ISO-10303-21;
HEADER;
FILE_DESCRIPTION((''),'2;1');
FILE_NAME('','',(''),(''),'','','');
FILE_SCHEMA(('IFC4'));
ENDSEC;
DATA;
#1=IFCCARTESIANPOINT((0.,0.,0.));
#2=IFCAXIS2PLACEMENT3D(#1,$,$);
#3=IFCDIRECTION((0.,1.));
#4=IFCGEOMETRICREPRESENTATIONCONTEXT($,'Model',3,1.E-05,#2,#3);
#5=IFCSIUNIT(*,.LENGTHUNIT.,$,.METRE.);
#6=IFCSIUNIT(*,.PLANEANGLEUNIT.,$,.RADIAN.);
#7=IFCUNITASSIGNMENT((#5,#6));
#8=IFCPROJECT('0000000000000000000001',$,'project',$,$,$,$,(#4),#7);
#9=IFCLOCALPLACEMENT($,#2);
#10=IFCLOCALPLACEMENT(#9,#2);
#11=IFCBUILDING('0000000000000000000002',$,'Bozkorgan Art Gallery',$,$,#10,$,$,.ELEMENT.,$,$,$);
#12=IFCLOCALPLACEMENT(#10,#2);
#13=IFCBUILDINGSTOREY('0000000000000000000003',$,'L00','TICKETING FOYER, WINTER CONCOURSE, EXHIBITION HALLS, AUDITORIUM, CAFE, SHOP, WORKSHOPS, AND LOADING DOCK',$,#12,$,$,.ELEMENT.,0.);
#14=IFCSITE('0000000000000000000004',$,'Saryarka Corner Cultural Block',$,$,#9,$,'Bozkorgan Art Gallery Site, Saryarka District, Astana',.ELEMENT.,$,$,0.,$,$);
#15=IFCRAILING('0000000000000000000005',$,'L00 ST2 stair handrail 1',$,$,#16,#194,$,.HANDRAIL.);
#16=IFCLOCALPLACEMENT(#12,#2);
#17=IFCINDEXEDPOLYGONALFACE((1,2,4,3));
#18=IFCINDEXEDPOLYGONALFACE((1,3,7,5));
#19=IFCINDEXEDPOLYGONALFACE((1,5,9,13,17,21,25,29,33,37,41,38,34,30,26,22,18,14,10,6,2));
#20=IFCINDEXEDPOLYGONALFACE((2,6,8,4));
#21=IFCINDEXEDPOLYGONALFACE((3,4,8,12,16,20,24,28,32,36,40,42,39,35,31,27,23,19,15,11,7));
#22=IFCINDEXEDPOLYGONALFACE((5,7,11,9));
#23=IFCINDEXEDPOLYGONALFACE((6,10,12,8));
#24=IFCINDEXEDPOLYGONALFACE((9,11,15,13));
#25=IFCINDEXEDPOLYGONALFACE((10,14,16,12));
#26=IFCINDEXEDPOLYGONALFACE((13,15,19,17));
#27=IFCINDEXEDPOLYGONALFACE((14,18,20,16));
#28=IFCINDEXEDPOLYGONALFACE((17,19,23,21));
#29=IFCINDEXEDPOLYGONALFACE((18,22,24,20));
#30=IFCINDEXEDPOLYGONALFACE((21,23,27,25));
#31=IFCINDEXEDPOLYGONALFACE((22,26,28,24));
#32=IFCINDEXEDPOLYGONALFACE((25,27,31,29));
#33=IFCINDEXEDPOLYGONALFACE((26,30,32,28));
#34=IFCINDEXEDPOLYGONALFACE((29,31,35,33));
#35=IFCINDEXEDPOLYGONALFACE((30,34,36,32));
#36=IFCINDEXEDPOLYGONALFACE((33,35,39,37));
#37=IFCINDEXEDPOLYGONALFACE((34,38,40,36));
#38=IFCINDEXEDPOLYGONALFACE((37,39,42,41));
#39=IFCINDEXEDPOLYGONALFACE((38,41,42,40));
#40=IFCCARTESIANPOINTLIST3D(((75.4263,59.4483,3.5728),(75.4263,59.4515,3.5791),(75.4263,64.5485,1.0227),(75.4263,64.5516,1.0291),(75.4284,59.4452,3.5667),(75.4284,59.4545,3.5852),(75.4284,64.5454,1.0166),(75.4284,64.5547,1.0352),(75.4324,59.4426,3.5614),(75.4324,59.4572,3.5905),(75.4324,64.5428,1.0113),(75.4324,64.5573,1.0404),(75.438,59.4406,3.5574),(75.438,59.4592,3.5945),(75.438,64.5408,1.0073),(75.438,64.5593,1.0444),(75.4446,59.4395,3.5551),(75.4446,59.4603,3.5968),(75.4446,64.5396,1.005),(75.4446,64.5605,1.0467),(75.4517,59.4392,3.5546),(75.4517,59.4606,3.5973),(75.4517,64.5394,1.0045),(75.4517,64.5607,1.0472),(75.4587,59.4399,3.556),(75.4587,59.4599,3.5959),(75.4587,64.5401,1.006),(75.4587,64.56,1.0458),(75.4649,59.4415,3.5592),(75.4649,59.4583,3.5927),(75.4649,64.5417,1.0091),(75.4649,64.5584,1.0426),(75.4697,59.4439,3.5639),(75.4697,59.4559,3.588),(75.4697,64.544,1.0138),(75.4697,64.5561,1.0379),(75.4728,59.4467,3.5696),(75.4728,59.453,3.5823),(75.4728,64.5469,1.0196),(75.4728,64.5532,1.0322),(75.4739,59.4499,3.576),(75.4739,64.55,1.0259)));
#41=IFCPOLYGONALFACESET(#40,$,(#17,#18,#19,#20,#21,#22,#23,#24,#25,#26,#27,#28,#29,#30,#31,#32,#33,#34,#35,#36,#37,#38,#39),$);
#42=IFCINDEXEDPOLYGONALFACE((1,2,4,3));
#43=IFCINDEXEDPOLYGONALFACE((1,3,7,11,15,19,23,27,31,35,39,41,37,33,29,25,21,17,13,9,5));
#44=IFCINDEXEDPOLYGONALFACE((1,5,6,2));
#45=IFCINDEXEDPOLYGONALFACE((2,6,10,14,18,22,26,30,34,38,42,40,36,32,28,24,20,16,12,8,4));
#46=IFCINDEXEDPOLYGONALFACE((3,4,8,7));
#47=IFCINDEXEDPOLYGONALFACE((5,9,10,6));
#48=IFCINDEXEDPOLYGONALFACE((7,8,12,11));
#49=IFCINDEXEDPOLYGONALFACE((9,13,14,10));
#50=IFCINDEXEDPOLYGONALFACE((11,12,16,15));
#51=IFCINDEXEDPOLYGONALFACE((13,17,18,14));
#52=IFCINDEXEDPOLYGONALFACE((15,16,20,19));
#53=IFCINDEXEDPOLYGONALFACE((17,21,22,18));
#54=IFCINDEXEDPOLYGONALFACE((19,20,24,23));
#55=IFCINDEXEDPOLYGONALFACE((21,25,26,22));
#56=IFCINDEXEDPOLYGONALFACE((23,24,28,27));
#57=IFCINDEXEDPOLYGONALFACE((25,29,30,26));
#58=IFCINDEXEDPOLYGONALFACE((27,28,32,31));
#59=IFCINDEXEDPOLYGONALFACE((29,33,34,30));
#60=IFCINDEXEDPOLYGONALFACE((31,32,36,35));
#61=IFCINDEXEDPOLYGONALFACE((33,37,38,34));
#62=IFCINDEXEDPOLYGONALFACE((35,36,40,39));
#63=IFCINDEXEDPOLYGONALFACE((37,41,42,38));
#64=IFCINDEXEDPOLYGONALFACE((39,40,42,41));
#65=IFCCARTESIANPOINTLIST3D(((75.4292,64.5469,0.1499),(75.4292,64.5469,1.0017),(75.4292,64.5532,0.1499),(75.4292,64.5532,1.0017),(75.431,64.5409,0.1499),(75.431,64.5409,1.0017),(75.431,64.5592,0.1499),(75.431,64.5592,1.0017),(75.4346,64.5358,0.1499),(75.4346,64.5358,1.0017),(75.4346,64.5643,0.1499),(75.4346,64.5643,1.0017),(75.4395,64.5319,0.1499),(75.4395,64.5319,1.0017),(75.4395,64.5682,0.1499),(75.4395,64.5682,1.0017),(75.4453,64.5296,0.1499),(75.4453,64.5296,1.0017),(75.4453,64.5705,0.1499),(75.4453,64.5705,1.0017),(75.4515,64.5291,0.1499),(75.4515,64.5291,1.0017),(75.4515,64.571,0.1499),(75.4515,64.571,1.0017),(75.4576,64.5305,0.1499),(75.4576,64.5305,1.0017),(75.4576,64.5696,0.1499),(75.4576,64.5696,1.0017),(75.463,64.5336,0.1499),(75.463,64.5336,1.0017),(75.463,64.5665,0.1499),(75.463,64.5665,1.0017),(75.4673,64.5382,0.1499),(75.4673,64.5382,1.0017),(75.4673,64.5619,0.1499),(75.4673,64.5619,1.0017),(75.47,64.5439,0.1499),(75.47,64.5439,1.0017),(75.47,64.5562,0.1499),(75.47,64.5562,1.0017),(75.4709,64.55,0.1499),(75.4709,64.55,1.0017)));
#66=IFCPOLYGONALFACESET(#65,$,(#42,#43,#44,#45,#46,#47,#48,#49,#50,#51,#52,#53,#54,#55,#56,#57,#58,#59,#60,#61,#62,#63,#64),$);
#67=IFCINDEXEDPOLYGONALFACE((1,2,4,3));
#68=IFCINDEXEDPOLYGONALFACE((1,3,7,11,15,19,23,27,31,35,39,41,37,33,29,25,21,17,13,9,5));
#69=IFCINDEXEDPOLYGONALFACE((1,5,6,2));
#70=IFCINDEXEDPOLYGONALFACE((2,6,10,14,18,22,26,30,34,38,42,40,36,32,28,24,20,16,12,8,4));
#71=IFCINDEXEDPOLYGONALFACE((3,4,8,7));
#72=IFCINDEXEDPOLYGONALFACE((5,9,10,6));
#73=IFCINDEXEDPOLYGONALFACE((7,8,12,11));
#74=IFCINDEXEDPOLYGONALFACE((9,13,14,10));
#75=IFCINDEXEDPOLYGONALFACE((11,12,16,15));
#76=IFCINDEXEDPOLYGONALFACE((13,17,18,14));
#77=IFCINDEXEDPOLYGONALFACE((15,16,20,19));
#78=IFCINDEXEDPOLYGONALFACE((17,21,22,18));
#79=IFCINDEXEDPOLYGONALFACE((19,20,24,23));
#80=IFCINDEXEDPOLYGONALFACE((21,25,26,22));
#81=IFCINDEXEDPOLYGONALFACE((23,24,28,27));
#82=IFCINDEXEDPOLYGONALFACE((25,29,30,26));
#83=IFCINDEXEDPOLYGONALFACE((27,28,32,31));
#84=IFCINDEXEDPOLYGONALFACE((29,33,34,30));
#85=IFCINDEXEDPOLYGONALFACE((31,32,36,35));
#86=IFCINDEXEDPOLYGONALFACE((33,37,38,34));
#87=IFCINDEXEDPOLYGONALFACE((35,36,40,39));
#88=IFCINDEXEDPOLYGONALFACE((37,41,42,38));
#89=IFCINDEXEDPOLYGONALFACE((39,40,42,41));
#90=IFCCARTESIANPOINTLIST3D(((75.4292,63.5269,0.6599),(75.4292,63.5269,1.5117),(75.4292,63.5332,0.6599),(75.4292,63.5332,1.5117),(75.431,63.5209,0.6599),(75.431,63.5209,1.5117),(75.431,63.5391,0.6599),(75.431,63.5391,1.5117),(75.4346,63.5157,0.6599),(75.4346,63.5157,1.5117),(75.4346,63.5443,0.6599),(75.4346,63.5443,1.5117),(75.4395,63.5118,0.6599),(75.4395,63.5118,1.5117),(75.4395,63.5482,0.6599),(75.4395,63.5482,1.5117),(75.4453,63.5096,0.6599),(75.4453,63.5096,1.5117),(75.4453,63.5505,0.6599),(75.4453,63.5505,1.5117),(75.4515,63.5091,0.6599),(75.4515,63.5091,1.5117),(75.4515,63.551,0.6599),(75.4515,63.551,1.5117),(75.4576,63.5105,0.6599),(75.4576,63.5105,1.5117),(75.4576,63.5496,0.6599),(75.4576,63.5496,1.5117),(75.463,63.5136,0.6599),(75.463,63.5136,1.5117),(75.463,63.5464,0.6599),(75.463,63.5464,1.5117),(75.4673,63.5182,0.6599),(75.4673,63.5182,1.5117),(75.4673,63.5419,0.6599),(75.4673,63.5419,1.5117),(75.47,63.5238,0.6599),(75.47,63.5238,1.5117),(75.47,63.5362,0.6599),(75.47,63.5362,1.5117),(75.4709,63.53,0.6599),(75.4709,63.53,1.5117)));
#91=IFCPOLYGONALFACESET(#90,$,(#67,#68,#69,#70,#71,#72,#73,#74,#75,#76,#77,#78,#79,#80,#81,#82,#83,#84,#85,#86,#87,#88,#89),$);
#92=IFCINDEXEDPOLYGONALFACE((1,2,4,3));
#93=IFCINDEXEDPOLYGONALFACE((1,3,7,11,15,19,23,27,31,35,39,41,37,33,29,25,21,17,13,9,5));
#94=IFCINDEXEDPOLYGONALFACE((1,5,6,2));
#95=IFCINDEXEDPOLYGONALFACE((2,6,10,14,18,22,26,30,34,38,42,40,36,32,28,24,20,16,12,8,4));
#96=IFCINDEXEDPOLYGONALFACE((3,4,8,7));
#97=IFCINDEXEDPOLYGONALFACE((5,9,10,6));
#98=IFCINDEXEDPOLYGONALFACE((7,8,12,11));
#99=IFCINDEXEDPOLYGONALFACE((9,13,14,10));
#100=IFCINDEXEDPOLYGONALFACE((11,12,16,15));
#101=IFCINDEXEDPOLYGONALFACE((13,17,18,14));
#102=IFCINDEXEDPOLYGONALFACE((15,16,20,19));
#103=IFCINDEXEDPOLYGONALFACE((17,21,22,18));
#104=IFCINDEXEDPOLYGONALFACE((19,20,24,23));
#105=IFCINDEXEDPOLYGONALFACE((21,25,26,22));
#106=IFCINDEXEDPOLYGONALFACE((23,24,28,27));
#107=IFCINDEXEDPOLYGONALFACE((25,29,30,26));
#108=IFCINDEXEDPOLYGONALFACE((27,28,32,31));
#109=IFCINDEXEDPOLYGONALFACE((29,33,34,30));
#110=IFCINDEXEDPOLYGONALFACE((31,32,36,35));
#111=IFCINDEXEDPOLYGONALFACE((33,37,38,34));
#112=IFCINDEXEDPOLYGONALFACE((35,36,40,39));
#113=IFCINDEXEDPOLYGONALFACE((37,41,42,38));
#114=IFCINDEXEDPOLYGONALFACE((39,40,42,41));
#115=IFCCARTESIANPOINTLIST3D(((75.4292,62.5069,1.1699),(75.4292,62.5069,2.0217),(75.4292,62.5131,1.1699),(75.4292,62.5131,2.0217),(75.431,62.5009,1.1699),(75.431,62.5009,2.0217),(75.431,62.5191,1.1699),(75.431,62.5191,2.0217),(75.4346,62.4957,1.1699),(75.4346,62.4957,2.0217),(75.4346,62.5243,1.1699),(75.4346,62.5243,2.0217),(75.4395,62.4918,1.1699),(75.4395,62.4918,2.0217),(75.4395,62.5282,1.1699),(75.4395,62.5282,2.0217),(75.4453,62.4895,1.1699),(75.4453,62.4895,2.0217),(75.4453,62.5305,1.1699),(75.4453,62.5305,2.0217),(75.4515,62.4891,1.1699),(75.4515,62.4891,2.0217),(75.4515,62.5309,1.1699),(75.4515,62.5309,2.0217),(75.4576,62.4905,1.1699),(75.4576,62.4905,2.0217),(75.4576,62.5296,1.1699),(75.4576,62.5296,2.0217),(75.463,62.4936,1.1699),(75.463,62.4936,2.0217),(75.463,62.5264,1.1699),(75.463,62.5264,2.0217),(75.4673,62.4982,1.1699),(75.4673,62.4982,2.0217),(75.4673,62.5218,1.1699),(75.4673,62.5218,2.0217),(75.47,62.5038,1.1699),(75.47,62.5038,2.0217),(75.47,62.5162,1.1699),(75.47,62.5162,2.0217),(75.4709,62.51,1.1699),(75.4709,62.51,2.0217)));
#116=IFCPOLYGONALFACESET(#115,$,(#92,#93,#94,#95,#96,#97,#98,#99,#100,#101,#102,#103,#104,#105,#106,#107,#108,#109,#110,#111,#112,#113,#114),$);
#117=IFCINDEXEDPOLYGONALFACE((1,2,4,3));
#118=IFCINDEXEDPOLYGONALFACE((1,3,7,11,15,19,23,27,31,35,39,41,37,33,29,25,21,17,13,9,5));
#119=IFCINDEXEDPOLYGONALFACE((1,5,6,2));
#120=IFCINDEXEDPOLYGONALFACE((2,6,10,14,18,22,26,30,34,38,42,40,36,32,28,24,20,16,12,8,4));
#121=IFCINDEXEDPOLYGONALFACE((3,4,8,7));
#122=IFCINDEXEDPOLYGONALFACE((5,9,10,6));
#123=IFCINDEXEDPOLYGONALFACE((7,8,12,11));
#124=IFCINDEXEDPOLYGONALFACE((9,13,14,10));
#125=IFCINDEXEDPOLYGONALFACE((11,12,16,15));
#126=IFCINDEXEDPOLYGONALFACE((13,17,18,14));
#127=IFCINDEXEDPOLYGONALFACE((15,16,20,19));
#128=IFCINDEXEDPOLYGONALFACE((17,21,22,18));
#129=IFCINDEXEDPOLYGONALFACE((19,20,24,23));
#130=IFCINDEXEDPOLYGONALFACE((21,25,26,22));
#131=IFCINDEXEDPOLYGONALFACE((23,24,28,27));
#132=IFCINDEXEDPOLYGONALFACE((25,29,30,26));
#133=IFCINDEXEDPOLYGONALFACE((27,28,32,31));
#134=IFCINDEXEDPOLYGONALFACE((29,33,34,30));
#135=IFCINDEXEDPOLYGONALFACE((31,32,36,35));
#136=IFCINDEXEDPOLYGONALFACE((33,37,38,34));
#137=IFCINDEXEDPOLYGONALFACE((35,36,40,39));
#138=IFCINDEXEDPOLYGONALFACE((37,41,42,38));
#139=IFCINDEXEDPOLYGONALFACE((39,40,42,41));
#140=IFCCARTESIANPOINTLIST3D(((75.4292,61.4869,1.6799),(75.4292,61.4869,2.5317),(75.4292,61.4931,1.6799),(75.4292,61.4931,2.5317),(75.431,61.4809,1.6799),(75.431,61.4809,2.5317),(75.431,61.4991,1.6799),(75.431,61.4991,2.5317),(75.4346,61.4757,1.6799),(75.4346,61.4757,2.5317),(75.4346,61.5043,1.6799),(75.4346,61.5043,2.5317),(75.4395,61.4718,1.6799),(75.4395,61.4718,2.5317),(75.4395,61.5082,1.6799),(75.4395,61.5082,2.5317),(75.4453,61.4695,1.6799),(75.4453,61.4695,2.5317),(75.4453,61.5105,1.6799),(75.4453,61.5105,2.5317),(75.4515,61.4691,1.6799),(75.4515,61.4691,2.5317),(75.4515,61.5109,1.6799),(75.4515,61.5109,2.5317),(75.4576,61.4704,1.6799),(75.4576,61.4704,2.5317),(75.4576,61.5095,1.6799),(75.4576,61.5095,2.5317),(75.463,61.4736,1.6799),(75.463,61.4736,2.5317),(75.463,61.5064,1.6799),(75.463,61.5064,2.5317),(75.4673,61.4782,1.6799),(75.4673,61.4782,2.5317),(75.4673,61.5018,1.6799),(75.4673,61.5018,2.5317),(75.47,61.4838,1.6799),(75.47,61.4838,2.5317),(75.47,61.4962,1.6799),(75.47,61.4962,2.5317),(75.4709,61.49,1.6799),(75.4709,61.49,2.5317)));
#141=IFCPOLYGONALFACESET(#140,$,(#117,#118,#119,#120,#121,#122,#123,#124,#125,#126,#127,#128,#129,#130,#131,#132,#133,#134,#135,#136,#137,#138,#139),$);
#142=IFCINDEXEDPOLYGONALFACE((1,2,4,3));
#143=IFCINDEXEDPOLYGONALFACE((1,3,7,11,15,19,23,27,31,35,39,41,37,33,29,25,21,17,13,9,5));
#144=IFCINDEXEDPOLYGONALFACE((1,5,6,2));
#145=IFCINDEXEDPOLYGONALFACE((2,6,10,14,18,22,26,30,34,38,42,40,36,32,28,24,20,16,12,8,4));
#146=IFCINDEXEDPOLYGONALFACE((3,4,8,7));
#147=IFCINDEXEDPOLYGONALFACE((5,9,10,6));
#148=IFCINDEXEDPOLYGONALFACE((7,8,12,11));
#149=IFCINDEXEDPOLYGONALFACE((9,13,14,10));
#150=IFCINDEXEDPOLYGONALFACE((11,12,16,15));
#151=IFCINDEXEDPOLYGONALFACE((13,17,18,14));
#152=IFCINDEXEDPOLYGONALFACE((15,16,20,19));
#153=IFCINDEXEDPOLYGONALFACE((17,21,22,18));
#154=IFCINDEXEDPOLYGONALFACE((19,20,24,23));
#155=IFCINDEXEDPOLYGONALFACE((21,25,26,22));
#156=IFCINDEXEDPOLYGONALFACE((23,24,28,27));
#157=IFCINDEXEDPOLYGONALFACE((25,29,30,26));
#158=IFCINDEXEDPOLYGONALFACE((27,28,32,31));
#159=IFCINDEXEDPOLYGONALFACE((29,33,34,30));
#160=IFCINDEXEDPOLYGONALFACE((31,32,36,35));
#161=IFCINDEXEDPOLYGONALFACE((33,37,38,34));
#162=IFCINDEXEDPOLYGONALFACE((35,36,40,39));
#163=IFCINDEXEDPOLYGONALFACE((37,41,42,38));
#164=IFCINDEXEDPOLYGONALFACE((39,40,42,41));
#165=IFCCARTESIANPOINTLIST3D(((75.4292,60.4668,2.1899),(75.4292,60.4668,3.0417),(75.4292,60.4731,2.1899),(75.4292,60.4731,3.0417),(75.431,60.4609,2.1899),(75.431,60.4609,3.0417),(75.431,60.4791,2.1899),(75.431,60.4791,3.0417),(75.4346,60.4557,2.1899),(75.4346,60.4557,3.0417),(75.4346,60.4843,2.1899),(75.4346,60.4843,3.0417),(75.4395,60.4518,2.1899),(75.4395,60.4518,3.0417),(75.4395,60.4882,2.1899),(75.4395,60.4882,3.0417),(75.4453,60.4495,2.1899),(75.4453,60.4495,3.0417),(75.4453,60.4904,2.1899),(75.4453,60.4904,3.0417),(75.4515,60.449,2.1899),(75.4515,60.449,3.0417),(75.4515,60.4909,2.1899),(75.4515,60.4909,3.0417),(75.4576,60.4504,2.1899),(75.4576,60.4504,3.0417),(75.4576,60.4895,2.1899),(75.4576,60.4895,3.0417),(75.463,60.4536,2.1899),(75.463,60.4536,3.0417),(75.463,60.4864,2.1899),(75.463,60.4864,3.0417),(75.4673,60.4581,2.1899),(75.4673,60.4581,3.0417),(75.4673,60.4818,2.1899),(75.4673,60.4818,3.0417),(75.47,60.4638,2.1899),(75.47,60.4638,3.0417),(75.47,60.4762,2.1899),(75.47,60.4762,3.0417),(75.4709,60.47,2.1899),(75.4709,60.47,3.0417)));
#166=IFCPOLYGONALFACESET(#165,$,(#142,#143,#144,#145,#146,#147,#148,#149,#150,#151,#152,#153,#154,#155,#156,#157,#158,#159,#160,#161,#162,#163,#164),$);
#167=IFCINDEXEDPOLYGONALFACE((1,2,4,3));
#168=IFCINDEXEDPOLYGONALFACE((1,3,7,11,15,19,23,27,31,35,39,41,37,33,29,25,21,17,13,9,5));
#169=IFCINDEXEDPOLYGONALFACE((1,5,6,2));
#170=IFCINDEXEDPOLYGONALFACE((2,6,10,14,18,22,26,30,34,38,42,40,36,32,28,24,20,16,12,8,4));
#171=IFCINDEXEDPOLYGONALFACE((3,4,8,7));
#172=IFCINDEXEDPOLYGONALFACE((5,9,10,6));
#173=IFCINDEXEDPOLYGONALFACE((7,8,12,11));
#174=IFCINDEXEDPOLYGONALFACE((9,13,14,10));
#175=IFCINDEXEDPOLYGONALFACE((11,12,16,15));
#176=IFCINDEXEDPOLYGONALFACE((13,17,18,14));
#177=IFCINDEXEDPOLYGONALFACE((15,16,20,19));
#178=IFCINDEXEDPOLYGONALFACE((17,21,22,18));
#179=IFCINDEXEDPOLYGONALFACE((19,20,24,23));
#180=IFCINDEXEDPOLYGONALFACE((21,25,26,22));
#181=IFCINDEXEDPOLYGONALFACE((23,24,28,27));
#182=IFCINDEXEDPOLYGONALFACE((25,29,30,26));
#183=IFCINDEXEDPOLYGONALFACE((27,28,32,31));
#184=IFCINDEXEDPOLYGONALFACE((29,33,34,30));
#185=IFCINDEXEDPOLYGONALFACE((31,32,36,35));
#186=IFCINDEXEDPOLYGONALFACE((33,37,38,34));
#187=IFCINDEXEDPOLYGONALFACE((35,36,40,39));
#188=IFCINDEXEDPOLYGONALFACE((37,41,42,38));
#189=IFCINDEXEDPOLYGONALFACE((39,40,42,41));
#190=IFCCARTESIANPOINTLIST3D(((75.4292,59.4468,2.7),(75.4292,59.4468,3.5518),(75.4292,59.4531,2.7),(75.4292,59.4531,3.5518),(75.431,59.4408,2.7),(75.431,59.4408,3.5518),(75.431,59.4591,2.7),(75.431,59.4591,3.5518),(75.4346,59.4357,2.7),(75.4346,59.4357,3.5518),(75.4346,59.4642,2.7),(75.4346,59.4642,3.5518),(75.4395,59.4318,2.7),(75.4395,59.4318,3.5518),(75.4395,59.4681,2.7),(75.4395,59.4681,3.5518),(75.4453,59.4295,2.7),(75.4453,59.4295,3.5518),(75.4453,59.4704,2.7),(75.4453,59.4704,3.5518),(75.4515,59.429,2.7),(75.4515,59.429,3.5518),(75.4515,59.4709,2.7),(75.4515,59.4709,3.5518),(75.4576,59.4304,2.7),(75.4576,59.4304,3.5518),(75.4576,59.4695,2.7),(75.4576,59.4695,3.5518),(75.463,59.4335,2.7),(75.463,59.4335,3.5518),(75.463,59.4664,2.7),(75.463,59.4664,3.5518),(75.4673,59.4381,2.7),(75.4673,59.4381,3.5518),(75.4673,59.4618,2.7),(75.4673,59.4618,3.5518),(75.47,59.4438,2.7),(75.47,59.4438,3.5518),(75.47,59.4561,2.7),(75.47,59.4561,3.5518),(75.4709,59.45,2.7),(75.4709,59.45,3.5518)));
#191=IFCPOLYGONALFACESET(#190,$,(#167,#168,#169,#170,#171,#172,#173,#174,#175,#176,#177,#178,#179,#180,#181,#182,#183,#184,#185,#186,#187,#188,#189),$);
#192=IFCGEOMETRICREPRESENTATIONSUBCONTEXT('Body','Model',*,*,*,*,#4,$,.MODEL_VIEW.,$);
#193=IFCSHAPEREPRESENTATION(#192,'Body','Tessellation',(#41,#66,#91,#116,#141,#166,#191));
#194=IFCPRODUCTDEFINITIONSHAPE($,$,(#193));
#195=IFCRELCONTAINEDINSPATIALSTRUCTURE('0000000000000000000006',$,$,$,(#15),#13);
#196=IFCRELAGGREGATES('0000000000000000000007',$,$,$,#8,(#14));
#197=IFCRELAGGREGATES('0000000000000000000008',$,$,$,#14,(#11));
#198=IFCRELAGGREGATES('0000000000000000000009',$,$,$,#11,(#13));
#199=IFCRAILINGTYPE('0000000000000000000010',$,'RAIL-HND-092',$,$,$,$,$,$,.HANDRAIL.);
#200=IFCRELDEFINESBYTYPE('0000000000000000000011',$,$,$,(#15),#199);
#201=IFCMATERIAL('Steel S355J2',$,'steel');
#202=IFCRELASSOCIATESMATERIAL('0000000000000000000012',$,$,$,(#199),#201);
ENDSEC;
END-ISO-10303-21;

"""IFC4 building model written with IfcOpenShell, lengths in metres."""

from ifc_helpers import new_model, si_unit, direction, frame, origin, origin_2d, place, context, subcontext, project, spatial, circle, extrude, material, type_object, element, save


model = new_model("IFC4")

# Units and contexts
model_context = context("Model", 3, precision=1e-05, world=origin(), true_north=direction((0.0, 1.0)))
body_context = subcontext(model_context, "Body", "Model", "MODEL_VIEW")
ifc_project = project(units=[si_unit("LENGTHUNIT", "METRE"), si_unit("PLANEANGLEUNIT", "RADIAN")], contexts=[model_context])

# Site, building, storey
site_placement = place(None, origin())
site = spatial("IfcSite", under=ifc_project, at=site_placement, Name="Saryarka Corner Cultural Block", LongName="Bozkorgan Art Gallery Site, Saryarka District, Astana", CompositionType="ELEMENT", RefElevation=0.0)
building_placement = place(site_placement, origin())
building = spatial("IfcBuilding", under=site, at=building_placement, Name="Bozkorgan Art Gallery", CompositionType="ELEMENT")
storey_placement = place(building_placement, origin())
storey = spatial("IfcBuildingStorey", under=building, at=storey_placement, Name="L00", Description="TICKETING FOYER, WINTER CONCOURSE, EXHIBITION HALLS, AUDITORIUM, CAFE, SHOP, WORKSHOPS, AND LOADING DOCK", CompositionType="ELEMENT", Elevation=0.0)

# Shared definitions
ifc_material_1 = material(Name="Steel S355J2", Category="steel")

# Railing
railing_type_1 = type_object("IfcRailingType", Name="RAIL-HND-092", PredefinedType="HANDRAIL", material=ifc_material_1)
railing_1_placement = place(storey_placement, frame((75.45, 64.55, 0.1499)))
element("IfcRailing", 1, at=railing_1_placement, inside=storey, type_object=railing_type_1, Name="L00 ST2 stair handrail 1", PredefinedType="HANDRAIL", context=body_context, shape_type="SweptSolid", body=[
    extrude(circle(Radius=0.0239, at=origin_2d()), frame((0.0, 0.0, 0.876), z_axis=(0.0, -0.894427, 0.447214), x_axis=(1.0, 0.0, 0.0)), (0.0, 0.0, 1.0), 5.7021),
    extrude(circle(Radius=0.021, at=origin_2d()), origin(), (0.0, 0.0, 1.0), 0.8518),
    extrude(circle(Radius=0.021, at=origin_2d()), frame((0.0, -1.02, 0.51)), (0.0, 0.0, 1.0), 0.8518),
    extrude(circle(Radius=0.021, at=origin_2d()), frame((0.0, -2.04, 1.02)), (0.0, 0.0, 1.0), 0.8518),
    extrude(circle(Radius=0.021, at=origin_2d()), frame((0.0, -3.0601, 1.53)), (0.0, 0.0, 1.0), 0.8518),
    extrude(circle(Radius=0.021, at=origin_2d()), frame((0.0, -4.0801, 2.04)), (0.0, 0.0, 1.0), 0.8518),
    extrude(circle(Radius=0.021, at=origin_2d()), frame((0.0, -5.1001, 2.55)), (0.0, 0.0, 1.0), 0.8518),
])

save(model, "model.ifc")
